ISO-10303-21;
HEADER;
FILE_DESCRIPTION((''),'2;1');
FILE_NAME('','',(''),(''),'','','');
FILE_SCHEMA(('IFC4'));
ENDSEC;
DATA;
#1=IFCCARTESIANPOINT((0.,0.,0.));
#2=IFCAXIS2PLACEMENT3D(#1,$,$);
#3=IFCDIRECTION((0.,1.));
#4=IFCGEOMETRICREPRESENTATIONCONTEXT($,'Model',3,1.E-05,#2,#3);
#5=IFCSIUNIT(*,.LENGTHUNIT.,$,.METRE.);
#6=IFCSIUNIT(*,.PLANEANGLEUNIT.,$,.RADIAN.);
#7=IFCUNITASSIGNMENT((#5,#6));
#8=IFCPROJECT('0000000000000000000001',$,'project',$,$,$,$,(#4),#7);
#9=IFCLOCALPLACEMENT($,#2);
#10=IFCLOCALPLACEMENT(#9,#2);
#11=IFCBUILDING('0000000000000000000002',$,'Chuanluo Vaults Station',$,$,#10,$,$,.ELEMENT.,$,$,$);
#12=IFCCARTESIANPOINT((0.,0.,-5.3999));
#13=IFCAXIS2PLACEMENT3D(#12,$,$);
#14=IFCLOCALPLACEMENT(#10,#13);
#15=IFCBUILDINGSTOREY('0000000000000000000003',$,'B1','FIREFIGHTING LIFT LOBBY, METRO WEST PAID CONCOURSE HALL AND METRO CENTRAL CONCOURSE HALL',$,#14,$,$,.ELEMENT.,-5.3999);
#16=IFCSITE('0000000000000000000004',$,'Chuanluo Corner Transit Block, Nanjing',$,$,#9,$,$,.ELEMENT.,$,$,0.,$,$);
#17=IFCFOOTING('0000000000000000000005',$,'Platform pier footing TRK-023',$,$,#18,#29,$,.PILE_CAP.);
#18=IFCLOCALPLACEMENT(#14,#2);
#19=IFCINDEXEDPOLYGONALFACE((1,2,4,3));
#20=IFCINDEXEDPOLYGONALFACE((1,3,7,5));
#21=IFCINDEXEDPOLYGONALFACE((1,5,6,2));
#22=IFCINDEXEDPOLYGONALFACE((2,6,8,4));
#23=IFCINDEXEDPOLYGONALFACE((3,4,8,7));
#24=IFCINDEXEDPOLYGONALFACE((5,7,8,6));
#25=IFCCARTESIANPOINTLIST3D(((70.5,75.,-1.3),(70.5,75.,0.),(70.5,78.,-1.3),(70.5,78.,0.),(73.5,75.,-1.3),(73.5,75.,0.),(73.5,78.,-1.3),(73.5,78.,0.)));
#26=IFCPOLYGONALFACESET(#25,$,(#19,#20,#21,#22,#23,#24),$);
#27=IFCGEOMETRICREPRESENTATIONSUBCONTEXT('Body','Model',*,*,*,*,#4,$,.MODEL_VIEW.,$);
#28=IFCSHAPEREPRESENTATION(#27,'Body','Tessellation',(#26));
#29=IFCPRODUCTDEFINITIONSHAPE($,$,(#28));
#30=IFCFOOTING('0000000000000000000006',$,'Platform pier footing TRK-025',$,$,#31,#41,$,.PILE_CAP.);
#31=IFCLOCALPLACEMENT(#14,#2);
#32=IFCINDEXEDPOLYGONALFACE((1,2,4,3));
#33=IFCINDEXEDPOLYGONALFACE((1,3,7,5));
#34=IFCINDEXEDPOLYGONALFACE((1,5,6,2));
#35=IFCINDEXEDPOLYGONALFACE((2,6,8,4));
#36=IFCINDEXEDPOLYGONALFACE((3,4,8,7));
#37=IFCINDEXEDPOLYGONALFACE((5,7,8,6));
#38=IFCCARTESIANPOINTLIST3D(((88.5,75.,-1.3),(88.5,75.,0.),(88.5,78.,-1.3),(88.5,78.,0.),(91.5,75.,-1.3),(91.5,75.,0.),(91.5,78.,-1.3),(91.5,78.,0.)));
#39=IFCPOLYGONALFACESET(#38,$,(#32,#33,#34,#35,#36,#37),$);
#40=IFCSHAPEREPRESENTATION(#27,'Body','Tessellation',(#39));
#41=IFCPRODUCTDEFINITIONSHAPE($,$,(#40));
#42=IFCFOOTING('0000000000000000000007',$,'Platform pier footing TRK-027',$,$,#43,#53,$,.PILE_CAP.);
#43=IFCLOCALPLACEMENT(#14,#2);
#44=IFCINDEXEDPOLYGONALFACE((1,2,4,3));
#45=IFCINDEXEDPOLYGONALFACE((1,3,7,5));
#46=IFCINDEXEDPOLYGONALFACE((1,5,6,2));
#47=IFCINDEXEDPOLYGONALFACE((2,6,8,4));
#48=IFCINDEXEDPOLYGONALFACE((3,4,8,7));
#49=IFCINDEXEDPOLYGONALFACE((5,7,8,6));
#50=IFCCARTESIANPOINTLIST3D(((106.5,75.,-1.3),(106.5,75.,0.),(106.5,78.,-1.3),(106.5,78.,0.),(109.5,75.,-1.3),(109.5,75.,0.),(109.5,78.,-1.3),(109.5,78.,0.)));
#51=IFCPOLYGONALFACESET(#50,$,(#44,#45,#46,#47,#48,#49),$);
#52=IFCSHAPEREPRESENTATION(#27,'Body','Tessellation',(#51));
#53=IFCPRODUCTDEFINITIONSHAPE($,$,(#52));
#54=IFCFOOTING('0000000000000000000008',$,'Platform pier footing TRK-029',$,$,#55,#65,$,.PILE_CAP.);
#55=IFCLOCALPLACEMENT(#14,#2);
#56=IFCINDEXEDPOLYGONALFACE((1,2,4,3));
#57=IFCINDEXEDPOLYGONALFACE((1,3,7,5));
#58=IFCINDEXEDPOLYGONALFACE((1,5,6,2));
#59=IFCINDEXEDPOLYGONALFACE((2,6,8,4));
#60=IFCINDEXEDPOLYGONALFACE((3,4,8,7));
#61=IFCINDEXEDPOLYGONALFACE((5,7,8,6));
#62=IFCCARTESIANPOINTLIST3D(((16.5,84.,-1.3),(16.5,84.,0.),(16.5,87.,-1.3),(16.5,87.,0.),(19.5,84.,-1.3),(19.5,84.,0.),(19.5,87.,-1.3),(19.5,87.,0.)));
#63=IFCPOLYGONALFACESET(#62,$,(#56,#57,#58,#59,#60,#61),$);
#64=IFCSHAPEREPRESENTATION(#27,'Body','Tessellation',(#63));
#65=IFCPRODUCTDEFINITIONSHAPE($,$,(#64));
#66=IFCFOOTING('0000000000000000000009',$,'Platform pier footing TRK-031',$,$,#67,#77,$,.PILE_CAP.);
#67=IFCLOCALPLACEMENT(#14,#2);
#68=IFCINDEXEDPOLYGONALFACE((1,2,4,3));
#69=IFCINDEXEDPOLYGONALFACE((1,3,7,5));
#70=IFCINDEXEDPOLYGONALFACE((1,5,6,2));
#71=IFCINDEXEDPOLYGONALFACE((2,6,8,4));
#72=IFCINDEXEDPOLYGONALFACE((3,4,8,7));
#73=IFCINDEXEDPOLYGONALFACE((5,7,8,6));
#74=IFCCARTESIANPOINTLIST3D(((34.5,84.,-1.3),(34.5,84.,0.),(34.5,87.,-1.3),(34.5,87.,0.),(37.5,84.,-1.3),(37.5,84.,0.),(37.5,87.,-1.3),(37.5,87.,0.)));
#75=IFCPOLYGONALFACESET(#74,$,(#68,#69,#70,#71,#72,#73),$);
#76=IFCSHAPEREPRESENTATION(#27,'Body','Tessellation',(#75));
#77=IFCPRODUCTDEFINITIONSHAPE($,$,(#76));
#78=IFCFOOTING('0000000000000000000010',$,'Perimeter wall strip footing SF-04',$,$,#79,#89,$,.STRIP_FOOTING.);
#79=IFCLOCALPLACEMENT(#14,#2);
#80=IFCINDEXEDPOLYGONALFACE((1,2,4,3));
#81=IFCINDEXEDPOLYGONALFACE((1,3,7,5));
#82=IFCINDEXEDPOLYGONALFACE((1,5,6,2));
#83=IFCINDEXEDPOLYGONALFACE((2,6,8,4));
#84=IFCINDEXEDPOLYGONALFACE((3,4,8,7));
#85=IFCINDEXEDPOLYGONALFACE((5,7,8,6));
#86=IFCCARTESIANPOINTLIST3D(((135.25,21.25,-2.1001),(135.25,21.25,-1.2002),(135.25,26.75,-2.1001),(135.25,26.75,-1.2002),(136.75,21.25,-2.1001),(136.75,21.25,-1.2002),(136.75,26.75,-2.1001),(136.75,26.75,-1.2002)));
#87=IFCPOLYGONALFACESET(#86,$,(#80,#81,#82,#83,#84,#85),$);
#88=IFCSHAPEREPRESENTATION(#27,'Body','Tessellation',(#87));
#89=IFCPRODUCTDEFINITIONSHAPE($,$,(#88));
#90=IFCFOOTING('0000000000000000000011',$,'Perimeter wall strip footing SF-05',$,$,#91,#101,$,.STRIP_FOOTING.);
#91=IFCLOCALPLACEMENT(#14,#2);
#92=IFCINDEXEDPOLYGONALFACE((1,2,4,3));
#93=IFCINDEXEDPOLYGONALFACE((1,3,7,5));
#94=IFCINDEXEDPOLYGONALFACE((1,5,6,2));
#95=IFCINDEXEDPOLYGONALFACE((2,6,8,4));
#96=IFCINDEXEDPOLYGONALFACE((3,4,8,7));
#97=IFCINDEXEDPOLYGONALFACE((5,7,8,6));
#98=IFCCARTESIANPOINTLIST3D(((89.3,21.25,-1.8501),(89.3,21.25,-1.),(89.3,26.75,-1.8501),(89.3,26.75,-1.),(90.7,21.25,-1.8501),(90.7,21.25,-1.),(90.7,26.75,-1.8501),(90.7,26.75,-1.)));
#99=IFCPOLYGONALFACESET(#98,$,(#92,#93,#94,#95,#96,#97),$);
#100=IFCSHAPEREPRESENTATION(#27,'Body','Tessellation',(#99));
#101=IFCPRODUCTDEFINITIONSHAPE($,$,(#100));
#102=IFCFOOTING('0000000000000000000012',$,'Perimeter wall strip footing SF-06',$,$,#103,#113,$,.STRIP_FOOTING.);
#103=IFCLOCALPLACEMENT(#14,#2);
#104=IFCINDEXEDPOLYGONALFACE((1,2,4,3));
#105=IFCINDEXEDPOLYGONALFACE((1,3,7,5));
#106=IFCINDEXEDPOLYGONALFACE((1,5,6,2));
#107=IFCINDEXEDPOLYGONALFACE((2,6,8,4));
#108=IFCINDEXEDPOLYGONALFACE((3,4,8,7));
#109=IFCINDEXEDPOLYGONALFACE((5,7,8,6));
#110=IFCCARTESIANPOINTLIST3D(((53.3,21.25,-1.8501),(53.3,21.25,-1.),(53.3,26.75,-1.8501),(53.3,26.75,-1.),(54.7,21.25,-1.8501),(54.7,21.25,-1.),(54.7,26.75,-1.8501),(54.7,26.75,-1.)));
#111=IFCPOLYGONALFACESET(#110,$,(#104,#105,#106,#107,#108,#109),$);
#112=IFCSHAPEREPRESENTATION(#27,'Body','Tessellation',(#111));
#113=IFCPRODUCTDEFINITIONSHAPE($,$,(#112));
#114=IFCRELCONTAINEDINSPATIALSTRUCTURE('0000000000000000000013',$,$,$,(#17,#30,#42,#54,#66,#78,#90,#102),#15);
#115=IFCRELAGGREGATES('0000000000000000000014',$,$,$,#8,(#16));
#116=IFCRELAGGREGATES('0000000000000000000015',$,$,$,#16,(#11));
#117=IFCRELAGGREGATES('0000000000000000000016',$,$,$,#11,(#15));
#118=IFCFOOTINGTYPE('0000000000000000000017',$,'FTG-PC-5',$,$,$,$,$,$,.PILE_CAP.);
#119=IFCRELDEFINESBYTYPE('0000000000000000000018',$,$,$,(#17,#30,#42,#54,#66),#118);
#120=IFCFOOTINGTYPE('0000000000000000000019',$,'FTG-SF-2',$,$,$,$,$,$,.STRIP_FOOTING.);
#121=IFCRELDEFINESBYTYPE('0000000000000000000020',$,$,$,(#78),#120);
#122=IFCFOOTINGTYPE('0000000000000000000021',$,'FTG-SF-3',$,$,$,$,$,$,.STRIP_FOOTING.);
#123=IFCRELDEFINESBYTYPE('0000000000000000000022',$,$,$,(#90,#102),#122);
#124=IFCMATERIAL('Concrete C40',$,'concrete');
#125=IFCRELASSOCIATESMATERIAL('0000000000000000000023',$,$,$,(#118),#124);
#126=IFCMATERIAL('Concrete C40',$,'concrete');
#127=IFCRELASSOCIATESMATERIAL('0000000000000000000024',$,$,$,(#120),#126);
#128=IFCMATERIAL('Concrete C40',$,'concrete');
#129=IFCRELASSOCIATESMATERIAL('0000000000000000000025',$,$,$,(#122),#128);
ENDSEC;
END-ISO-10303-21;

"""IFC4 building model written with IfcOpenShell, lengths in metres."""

from ifc_helpers import new_model, si_unit, direction, frame, origin, place, context, subcontext, project, spatial, polyline, outline, extrude, material, type_object, element, save


model = new_model("IFC4")

# Units and contexts
model_context = context("Model", 3, precision=1e-05, world=origin(), true_north=direction((0.0, 1.0)))
body_context = subcontext(model_context, "Body", "Model", "MODEL_VIEW")
ifc_project = project(units=[si_unit("LENGTHUNIT", "METRE"), si_unit("PLANEANGLEUNIT", "RADIAN")], contexts=[model_context])

# Site, building, storey
site_placement = place(None, origin())
site = spatial("IfcSite", under=ifc_project, at=site_placement, Name="Chuanluo Corner Transit Block, Nanjing", CompositionType="ELEMENT", RefElevation=0.0)
building_placement = place(site_placement, origin())
building = spatial("IfcBuilding", under=site, at=building_placement, Name="Chuanluo Vaults Station", CompositionType="ELEMENT")
storey_placement = place(building_placement, frame((0.0, 0.0, -5.3999)))
storey = spatial("IfcBuildingStorey", under=building, at=storey_placement, Name="B1", Description="FIREFIGHTING LIFT LOBBY, METRO WEST PAID CONCOURSE HALL AND METRO CENTRAL CONCOURSE HALL", CompositionType="ELEMENT", Elevation=-5.3999)

# Footings
ifc_material_1 = material(Name="Concrete C40", Category="concrete")
footing_type_1 = type_object("IfcFootingType", Name="FTG-PC-5", PredefinedType="PILE_CAP", material=ifc_material_1)
footing_1_placement = place(storey_placement, frame((0.0, 0.0, -1.3)))
element("IfcFooting", 1, at=footing_1_placement, inside=storey, type_object=footing_type_1, Name="Platform pier footing TRK-023", PredefinedType="PILE_CAP", context=body_context, shape_type="SweptSolid", body=[
    extrude(outline(polyline([(70.5, 75.0), (73.5, 75.0), (73.5, 78.0), (70.5, 78.0), (70.5, 75.0)])), origin(), (0.0, 0.0, 1.0), 1.3),
])
footing_2_placement = place(storey_placement, frame((0.0, 0.0, -1.3)))
element("IfcFooting", 2, at=footing_2_placement, inside=storey, type_object=footing_type_1, Name="Platform pier footing TRK-025", PredefinedType="PILE_CAP", context=body_context, shape_type="SweptSolid", body=[
    extrude(outline(polyline([(88.5, 75.0), (91.5, 75.0), (91.5, 78.0), (88.5, 78.0), (88.5, 75.0)])), origin(), (0.0, 0.0, 1.0), 1.3),
])
footing_3_placement = place(storey_placement, frame((0.0, 0.0, -1.3)))
element("IfcFooting", 3, at=footing_3_placement, inside=storey, type_object=footing_type_1, Name="Platform pier footing TRK-027", PredefinedType="PILE_CAP", context=body_context, shape_type="SweptSolid", body=[
    extrude(outline(polyline([(106.5, 75.0), (109.5, 75.0), (109.5, 78.0), (106.5, 78.0), (106.5, 75.0)])), origin(), (0.0, 0.0, 1.0), 1.3),
])
footing_4_placement = place(storey_placement, frame((0.0, 0.0, -1.3)))
element("IfcFooting", 4, at=footing_4_placement, inside=storey, type_object=footing_type_1, Name="Platform pier footing TRK-029", PredefinedType="PILE_CAP", context=body_context, shape_type="SweptSolid", body=[
    extrude(outline(polyline([(16.5, 84.0), (19.5, 84.0), (19.5, 87.0), (16.5, 87.0), (16.5, 84.0)])), origin(), (0.0, 0.0, 1.0), 1.3),
])
footing_5_placement = place(storey_placement, frame((0.0, 0.0, -1.3)))
element("IfcFooting", 5, at=footing_5_placement, inside=storey, type_object=footing_type_1, Name="Platform pier footing TRK-031", PredefinedType="PILE_CAP", context=body_context, shape_type="SweptSolid", body=[
    extrude(outline(polyline([(34.5, 84.0), (37.5, 84.0), (37.5, 87.0), (34.5, 87.0), (34.5, 84.0)])), origin(), (0.0, 0.0, 1.0), 1.3),
])
ifc_material_2 = material(Name="Concrete C40", Category="concrete")
footing_type_2 = type_object("IfcFootingType", Name="FTG-SF-2", PredefinedType="STRIP_FOOTING", material=ifc_material_2)
footing_6_placement = place(storey_placement, frame((0.0, 0.0, -2.1001)))
element("IfcFooting", 6, at=footing_6_placement, inside=storey, type_object=footing_type_2, Name="Perimeter wall strip footing SF-04", PredefinedType="STRIP_FOOTING", context=body_context, shape_type="SweptSolid", body=[
    extrude(outline(polyline([(135.25, 21.25), (136.75, 21.25), (136.75, 26.75), (135.25, 26.75), (135.25, 21.25)])), origin(), (0.0, 0.0, 1.0), 0.8999),
])
ifc_material_3 = material(Name="Concrete C40", Category="concrete")
footing_type_3 = type_object("IfcFootingType", Name="FTG-SF-3", PredefinedType="STRIP_FOOTING", material=ifc_material_3)
footing_7_placement = place(storey_placement, frame((0.0, 0.0, -1.8501)))
element("IfcFooting", 7, at=footing_7_placement, inside=storey, type_object=footing_type_3, Name="Perimeter wall strip footing SF-05", PredefinedType="STRIP_FOOTING", context=body_context, shape_type="SweptSolid", body=[
    extrude(outline(polyline([(89.3, 21.25), (90.7, 21.25), (90.7, 26.75), (89.3, 26.75), (89.3, 21.25)])), origin(), (0.0, 0.0, 1.0), 0.8501),
])
footing_8_placement = place(storey_placement, frame((0.0, 0.0, -1.8501)))
element("IfcFooting", 8, at=footing_8_placement, inside=storey, type_object=footing_type_3, Name="Perimeter wall strip footing SF-06", PredefinedType="STRIP_FOOTING", context=body_context, shape_type="SweptSolid", body=[
    extrude(outline(polyline([(53.3, 21.25), (54.7, 21.25), (54.7, 26.75), (53.3, 26.75), (53.3, 21.25)])), origin(), (0.0, 0.0, 1.0), 0.8501),
])

save(model, "model.ifc")
